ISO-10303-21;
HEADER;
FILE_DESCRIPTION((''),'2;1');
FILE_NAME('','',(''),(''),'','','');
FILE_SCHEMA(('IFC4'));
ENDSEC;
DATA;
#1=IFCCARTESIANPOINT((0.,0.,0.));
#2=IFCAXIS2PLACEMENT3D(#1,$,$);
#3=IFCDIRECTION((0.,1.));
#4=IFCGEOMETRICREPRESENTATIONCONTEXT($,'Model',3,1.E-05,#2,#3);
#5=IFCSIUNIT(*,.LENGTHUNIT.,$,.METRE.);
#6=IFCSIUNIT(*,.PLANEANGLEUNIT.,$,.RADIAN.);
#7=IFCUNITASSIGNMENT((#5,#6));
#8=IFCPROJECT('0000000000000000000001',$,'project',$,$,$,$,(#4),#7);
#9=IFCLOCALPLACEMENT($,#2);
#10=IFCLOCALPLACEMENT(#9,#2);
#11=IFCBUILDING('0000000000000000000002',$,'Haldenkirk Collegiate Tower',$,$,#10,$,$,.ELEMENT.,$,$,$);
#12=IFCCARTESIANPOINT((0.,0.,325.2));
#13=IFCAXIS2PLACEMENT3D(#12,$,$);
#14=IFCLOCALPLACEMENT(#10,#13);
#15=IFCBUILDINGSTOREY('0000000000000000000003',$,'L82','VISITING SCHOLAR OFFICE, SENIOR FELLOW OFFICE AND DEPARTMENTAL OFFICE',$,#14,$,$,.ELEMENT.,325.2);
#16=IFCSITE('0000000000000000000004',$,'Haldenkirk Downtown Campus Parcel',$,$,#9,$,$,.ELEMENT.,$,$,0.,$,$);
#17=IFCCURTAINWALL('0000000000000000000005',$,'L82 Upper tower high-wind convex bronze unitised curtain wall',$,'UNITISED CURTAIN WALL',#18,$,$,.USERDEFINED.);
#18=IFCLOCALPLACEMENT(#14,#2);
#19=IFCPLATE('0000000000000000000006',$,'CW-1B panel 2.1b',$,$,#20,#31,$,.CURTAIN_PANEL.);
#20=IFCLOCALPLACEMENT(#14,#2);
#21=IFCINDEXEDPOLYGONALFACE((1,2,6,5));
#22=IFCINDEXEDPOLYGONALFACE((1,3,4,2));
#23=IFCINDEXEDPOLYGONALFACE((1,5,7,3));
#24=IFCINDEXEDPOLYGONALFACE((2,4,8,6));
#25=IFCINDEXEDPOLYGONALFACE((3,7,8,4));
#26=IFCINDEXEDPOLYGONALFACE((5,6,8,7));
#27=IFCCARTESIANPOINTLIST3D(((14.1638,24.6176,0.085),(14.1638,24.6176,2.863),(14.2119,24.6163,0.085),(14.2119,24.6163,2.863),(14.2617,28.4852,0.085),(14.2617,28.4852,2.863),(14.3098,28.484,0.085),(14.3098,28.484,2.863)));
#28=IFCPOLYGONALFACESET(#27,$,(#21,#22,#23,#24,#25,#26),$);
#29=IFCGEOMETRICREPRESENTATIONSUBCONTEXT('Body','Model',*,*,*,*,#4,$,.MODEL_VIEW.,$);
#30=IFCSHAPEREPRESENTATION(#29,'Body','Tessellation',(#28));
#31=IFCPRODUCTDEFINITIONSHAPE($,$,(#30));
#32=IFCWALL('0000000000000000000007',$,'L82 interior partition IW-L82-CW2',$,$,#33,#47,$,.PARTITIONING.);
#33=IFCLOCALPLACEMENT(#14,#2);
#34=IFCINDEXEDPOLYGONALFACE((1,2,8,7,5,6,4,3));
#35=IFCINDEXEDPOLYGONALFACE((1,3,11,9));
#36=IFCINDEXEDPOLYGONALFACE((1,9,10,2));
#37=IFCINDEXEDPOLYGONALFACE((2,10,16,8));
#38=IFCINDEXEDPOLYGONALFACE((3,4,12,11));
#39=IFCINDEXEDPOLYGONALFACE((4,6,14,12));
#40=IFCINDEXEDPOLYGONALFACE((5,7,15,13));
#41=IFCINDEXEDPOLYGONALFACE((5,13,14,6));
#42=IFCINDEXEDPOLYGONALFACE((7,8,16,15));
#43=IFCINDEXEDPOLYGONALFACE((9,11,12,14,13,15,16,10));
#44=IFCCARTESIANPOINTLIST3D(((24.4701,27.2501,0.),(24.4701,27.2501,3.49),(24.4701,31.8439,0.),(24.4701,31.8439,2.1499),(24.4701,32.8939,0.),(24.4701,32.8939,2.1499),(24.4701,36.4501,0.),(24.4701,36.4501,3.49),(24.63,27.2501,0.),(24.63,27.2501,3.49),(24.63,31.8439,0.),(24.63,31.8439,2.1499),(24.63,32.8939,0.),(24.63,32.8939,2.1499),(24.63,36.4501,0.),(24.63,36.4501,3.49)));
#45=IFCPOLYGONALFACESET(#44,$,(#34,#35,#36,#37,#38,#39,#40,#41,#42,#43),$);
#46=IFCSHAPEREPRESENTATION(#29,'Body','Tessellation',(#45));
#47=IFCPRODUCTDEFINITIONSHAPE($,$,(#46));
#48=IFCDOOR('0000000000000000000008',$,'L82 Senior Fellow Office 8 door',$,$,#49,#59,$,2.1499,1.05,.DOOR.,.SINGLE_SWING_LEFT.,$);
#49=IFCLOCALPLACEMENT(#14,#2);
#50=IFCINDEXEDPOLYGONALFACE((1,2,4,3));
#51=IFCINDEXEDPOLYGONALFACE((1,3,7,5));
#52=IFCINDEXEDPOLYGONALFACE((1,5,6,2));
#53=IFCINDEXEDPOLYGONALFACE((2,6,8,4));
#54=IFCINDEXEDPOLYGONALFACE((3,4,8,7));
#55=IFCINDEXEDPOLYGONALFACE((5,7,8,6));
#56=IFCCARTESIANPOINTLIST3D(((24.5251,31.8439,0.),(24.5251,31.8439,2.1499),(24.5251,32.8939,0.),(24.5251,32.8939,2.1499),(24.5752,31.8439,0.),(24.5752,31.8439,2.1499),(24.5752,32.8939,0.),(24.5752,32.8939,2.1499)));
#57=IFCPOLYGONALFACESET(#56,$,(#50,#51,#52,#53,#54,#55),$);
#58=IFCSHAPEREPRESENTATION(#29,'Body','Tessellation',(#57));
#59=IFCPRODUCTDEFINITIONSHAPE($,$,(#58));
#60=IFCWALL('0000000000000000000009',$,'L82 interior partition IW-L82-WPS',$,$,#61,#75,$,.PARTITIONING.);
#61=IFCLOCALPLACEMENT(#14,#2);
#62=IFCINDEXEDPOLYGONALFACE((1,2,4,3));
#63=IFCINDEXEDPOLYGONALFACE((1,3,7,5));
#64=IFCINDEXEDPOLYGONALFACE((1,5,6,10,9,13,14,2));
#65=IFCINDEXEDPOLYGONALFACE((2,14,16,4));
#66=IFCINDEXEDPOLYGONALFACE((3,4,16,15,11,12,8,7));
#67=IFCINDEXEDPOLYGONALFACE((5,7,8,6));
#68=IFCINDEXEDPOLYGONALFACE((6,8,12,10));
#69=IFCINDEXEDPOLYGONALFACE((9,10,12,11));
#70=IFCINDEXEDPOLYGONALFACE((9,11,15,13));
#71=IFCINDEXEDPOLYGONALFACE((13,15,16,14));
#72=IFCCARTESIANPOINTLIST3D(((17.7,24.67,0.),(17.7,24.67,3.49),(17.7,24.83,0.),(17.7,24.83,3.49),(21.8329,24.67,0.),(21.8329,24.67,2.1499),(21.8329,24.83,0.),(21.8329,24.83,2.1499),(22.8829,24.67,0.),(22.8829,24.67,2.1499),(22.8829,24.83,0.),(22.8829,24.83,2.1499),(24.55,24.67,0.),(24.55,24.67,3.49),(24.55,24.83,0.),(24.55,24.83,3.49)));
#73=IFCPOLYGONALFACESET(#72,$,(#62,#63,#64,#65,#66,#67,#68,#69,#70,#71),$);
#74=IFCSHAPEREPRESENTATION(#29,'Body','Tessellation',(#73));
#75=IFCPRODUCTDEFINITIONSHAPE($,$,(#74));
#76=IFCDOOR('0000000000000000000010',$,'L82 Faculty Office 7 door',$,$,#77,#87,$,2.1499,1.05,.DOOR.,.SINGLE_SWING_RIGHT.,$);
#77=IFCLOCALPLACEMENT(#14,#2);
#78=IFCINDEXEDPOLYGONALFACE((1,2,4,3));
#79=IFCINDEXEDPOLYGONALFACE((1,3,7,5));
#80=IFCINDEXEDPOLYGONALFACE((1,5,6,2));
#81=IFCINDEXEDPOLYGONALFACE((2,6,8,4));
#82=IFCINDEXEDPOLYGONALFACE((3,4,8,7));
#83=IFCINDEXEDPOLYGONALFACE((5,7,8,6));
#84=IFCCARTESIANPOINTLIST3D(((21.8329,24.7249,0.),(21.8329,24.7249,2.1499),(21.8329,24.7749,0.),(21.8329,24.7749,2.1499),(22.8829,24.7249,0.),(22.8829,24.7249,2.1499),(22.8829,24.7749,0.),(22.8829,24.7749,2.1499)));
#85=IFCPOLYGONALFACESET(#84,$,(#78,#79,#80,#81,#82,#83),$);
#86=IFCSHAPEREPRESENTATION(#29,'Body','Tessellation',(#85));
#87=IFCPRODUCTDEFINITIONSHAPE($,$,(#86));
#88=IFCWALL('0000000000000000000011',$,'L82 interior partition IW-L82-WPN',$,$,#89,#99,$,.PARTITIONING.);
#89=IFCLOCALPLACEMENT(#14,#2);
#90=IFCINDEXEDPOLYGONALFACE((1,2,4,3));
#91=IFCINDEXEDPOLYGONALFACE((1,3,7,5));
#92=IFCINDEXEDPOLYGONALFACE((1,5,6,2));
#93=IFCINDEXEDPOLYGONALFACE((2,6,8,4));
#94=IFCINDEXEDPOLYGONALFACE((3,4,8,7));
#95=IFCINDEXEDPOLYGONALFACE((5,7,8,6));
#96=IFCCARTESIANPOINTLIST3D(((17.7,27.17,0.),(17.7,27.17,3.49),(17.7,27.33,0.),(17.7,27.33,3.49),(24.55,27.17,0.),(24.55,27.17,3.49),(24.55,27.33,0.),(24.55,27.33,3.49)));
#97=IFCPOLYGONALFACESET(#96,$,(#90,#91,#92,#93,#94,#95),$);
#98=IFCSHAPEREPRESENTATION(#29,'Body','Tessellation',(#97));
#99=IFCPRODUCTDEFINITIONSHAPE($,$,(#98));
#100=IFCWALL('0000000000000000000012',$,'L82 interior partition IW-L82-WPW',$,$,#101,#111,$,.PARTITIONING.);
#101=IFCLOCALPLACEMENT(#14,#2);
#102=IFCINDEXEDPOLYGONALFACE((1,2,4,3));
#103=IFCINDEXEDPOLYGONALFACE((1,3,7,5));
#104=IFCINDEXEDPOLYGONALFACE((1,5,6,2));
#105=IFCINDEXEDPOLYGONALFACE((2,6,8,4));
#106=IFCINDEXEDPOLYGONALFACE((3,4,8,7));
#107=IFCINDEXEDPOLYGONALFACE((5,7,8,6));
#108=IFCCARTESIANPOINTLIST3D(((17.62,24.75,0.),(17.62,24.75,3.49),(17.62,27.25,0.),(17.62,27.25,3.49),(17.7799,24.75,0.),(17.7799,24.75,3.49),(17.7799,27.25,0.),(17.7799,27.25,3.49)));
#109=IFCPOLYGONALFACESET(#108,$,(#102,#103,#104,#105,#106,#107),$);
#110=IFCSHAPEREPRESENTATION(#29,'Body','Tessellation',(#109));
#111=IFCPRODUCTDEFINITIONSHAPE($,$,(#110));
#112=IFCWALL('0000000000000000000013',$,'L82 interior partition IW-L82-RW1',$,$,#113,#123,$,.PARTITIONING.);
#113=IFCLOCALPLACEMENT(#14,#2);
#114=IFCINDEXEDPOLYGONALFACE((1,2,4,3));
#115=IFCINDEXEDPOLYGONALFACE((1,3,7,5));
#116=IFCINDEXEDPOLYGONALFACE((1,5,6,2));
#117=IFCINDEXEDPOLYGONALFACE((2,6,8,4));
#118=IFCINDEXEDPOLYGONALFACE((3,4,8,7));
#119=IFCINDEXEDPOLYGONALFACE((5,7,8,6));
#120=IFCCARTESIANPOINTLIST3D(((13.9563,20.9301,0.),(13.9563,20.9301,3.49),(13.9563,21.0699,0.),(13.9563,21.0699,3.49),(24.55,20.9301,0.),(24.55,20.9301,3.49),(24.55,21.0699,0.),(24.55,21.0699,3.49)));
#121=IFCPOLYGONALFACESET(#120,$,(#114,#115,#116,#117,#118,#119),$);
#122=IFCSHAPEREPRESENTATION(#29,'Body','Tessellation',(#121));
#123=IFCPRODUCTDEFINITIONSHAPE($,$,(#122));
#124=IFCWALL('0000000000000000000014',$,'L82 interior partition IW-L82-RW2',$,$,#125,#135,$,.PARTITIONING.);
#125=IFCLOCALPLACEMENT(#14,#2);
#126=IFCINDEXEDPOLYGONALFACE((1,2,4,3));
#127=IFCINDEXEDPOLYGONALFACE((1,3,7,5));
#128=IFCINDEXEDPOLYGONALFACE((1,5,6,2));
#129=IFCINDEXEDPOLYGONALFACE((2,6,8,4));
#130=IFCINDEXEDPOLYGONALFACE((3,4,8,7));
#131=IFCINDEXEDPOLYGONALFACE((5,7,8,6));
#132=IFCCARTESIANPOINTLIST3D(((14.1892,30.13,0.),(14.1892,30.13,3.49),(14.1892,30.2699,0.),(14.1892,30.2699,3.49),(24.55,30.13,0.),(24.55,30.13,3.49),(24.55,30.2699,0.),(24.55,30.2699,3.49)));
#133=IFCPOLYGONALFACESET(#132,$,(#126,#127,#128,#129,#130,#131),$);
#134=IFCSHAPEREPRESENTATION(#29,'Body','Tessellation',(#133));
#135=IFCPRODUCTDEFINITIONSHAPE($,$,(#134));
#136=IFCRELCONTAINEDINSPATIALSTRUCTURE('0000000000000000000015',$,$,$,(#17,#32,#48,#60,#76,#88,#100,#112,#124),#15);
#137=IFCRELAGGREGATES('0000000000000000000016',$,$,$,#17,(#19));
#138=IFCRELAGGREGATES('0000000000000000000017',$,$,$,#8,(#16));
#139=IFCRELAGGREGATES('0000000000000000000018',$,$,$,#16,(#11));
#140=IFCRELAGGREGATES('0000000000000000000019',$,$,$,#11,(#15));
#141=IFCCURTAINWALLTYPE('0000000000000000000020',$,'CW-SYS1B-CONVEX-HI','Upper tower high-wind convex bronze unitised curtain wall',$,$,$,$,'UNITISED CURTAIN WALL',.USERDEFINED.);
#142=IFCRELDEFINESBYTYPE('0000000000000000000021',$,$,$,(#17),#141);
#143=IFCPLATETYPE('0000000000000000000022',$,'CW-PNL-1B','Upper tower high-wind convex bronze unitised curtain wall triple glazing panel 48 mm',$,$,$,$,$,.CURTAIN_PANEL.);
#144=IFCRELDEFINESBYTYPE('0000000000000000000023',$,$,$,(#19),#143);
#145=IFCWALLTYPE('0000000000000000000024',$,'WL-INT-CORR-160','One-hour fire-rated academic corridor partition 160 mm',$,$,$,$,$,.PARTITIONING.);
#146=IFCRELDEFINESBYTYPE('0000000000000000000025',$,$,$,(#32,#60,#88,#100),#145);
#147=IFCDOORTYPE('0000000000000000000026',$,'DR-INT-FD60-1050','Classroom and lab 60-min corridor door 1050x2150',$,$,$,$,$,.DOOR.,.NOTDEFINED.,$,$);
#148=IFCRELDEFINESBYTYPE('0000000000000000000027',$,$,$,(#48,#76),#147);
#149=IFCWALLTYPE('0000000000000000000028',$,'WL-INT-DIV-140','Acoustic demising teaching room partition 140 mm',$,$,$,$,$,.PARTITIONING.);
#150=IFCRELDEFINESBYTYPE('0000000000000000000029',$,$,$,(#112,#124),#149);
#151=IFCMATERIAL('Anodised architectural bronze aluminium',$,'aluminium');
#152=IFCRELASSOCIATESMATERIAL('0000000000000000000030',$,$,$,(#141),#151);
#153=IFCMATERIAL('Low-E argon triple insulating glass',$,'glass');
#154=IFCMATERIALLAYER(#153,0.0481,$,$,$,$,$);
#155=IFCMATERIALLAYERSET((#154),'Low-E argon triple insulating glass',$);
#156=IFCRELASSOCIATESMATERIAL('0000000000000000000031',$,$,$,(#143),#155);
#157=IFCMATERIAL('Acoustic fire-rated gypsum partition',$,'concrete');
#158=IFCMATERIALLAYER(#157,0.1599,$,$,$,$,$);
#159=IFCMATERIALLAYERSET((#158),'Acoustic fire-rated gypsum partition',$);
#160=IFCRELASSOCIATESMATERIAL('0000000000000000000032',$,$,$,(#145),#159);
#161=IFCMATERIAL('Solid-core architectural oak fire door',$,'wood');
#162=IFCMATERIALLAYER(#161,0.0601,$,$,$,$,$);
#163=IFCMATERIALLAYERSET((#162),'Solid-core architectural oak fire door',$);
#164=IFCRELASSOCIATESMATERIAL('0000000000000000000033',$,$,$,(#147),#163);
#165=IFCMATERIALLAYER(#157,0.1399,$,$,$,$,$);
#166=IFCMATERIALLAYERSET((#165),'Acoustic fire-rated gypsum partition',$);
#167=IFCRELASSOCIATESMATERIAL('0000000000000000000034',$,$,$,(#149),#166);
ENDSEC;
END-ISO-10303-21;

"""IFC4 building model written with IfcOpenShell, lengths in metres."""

from ifc_helpers import new_model, si_unit, direction, frame, frame_2d, origin, origin_2d, place, context, subcontext, project, spatial, rectangle, extrude, source, transform, mapped, material, layer, layer_set, type_object, element, fill, aggregate, save


model = new_model("IFC4")

# Units and contexts
model_context = context("Model", 3, precision=1e-05, world=origin(), true_north=direction((0.0, 1.0)))
body_context = subcontext(model_context, "Body", "Model", "MODEL_VIEW")
ifc_project = project(units=[si_unit("LENGTHUNIT", "METRE"), si_unit("PLANEANGLEUNIT", "RADIAN")], contexts=[model_context])

# Site, building, storey
site_placement = place(None, origin())
site = spatial("IfcSite", under=ifc_project, at=site_placement, Name="Haldenkirk Downtown Campus Parcel", CompositionType="ELEMENT", RefElevation=0.0)
building_placement = place(site_placement, origin())
building = spatial("IfcBuilding", under=site, at=building_placement, Name="Haldenkirk Collegiate Tower", CompositionType="ELEMENT")
storey_placement = place(building_placement, frame((0.0, 0.0, 325.2)))
storey = spatial("IfcBuildingStorey", under=building, at=storey_placement, Name="L82", Description="VISITING SCHOLAR OFFICE, SENIOR FELLOW OFFICE AND DEPARTMENTAL OFFICE", CompositionType="ELEMENT", Elevation=325.2)

# Curtain wall, plate
ifc_material_1 = material(Name="Anodised architectural bronze aluminium", Category="aluminium")
curtain_wall_type = type_object("IfcCurtainWallType", Name="CW-SYS1B-CONVEX-HI", Description="Upper tower high-wind convex bronze unitised curtain wall", ElementType="UNITISED CURTAIN WALL", PredefinedType="USERDEFINED", material=ifc_material_1)
curtain_wall_placement = place(storey_placement, origin())
curtain_wall = element("IfcCurtainWall", 1, at=curtain_wall_placement, inside=storey, type_object=curtain_wall_type, Name="L82 Upper tower high-wind convex bronze unitised curtain wall", ObjectType="UNITISED CURTAIN WALL", PredefinedType="USERDEFINED")
ifc_material_2 = material(Name="Low-E argon triple insulating glass", Category="glass")
ifc_layer_1 = layer(ifc_material_2, 0.0481)
ifc_layer_set_1 = layer_set([ifc_layer_1], Name="Low-E argon triple insulating glass")
plate_type_1 = type_object("IfcPlateType", Name="CW-PNL-1B", Description="Upper tower high-wind convex bronze unitised curtain wall triple glazing panel 48 mm", PredefinedType="CURTAIN_PANEL", material=ifc_layer_set_1)
shared_shape_1 = source(origin(), body_context, "Body", "SweptSolid", [
    extrude(rectangle(XDim=3.8689, YDim=0.0481, at=origin_2d()), origin(), (0.0, 0.0, 1.0), 2.7781),
])
plate_1_placement = place(storey_placement, frame((14.2368, 26.5508, 0.085), z_axis=(0.0, 0.0, 1.0), x_axis=(0.025303, 0.99968, 0.0)))
plate_1 = element("IfcPlate", 2, at=plate_1_placement, type_object=plate_type_1, Name="CW-1B panel 2.1b", PredefinedType="CURTAIN_PANEL", context=body_context, shape_type="MappedRepresentation", body=[
    mapped(shared_shape_1, transform((0.0, 0.0, 0.0), x_axis=(1.0, 0.0, 0.0), y_axis=(0.0, 1.0, 0.0), z_axis=(0.0, 0.0, 1.0), scale=1.0)),
])
aggregate(curtain_wall, [plate_1])

# Shared definitions
ifc_material_3 = material(Name="Acoustic fire-rated gypsum partition", Category="concrete")
ifc_layer_2 = layer(ifc_material_3, 0.1599)
ifc_layer_set_2 = layer_set([ifc_layer_2], Name="Acoustic fire-rated gypsum partition")
wall_type_1 = type_object("IfcWallType", Name="WL-INT-CORR-160", Description="One-hour fire-rated academic corridor partition 160 mm", PredefinedType="PARTITIONING", material=ifc_layer_set_2)
ifc_material_4 = material(Name="Solid-core architectural oak fire door", Category="wood")

# Walls, openings, doors
wall_1_placement = place(storey_placement, frame((24.55, 27.25, 0.0), z_axis=(0.0, 0.0, 1.0), x_axis=(0.0, 1.0, 0.0)))
wall_1 = element("IfcWall", 3, at=wall_1_placement, inside=storey, type_object=wall_type_1, Name="L82 interior partition IW-L82-CW2", PredefinedType="PARTITIONING", context=body_context, shape_type="SweptSolid", body=[
    extrude(rectangle(XDim=9.2, YDim=0.1599, at=frame_2d((4.6001, 0.0))), origin(), (0.0, 0.0, 1.0), 3.49),
])
opening_1_placement = place(wall_1_placement, frame((4.594, 0.0, 0.0)))
opening_1 = element("IfcOpeningElement", 4, at=opening_1_placement, cuts=wall_1, PredefinedType="OPENING", context=body_context, shape_type="SweptSolid", body=[
    extrude(rectangle(XDim=1.05, YDim=2.1499, at=frame_2d((0.5249, 1.075))), frame((0.0, 0.0898, 0.0), z_axis=(0.0, -1.0, 0.0), x_axis=(1.0, 0.0, 0.0)), (0.0, 0.0, 1.0), 0.1799),
])
ifc_layer_3 = layer(ifc_material_4, 0.0601)
ifc_layer_set_3 = layer_set([ifc_layer_3], Name="Solid-core architectural oak fire door")
door_type_1 = type_object("IfcDoorType", Name="DR-INT-FD60-1050", Description="Classroom and lab 60-min corridor door 1050x2150", OperationType="NOTDEFINED", PredefinedType="DOOR", material=ifc_layer_set_3)
door_1_placement = place(opening_1_placement, origin())
door_1 = element("IfcDoor", 5, at=door_1_placement, inside=storey, type_object=door_type_1, Name="L82 Senior Fellow Office 8 door", OperationType="SINGLE_SWING_LEFT", OverallHeight=2.1499, OverallWidth=1.05, PredefinedType="DOOR", context=body_context, shape_type="SweptSolid", body=[
    extrude(rectangle(XDim=1.05, YDim=2.1499, at=frame_2d((0.5249, 1.075))), frame((0.0, 0.0249, 0.0), z_axis=(0.0, -1.0, 0.0), x_axis=(1.0, 0.0, 0.0)), (0.0, 0.0, 1.0), 0.05),
])
fill(opening_1, door_1)
wall_2_placement = place(storey_placement, frame((17.7, 24.75, 0.0), z_axis=(0.0, 0.0, 1.0), x_axis=(1.0, 0.0, 0.0)))
wall_2 = element("IfcWall", 6, at=wall_2_placement, inside=storey, type_object=wall_type_1, Name="L82 interior partition IW-L82-WPS", PredefinedType="PARTITIONING", context=body_context, shape_type="SweptSolid", body=[
    extrude(rectangle(XDim=6.8501, YDim=0.1599, at=frame_2d((3.425, 0.0))), origin(), (0.0, 0.0, 1.0), 3.49),
])
opening_2_placement = place(wall_2_placement, frame((4.1331, 0.0, 0.0)))
opening_2 = element("IfcOpeningElement", 7, at=opening_2_placement, cuts=wall_2, PredefinedType="OPENING", context=body_context, shape_type="SweptSolid", body=[
    extrude(rectangle(XDim=1.05, YDim=2.1499, at=frame_2d((0.5249, 1.075))), frame((0.0, 0.0898, 0.0), z_axis=(0.0, -1.0, 0.0), x_axis=(1.0, 0.0, 0.0)), (0.0, 0.0, 1.0), 0.1799),
])
door_2_placement = place(opening_2_placement, origin())
door_2 = element("IfcDoor", 8, at=door_2_placement, inside=storey, type_object=door_type_1, Name="L82 Faculty Office 7 door", OperationType="SINGLE_SWING_RIGHT", OverallHeight=2.1499, OverallWidth=1.05, PredefinedType="DOOR", context=body_context, shape_type="SweptSolid", body=[
    extrude(rectangle(XDim=1.05, YDim=2.1499, at=frame_2d((0.5249, 1.075))), frame((0.0, 0.0249, 0.0), z_axis=(0.0, -1.0, 0.0), x_axis=(1.0, 0.0, 0.0)), (0.0, 0.0, 1.0), 0.05),
])
fill(opening_2, door_2)

# Walls
wall_3_placement = place(storey_placement, frame((17.7, 27.25, 0.0), z_axis=(0.0, 0.0, 1.0), x_axis=(1.0, 0.0, 0.0)))
element("IfcWall", 9, at=wall_3_placement, inside=storey, type_object=wall_type_1, Name="L82 interior partition IW-L82-WPN", PredefinedType="PARTITIONING", context=body_context, shape_type="SweptSolid", body=[
    extrude(rectangle(XDim=6.8501, YDim=0.1599, at=frame_2d((3.425, 0.0))), origin(), (0.0, 0.0, 1.0), 3.49),
])
wall_4_placement = place(storey_placement, frame((17.7, 24.75, 0.0), z_axis=(0.0, 0.0, 1.0), x_axis=(0.0, 1.0, 0.0)))
element("IfcWall", 10, at=wall_4_placement, inside=storey, type_object=wall_type_1, Name="L82 interior partition IW-L82-WPW", PredefinedType="PARTITIONING", context=body_context, shape_type="SweptSolid", body=[
    extrude(rectangle(XDim=2.5, YDim=0.1599, at=frame_2d((1.25, 0.0))), origin(), (0.0, 0.0, 1.0), 3.49),
])
ifc_layer_4 = layer(ifc_material_3, 0.1399)
ifc_layer_set_4 = layer_set([ifc_layer_4], Name="Acoustic fire-rated gypsum partition")
wall_type_2 = type_object("IfcWallType", Name="WL-INT-DIV-140", Description="Acoustic demising teaching room partition 140 mm", PredefinedType="PARTITIONING", material=ifc_layer_set_4)
wall_5_placement = place(storey_placement, frame((13.9563, 21.0, 0.0), z_axis=(0.0, 0.0, 1.0), x_axis=(1.0, 0.0, 0.0)))
element("IfcWall", 11, at=wall_5_placement, inside=storey, type_object=wall_type_2, Name="L82 interior partition IW-L82-RW1", PredefinedType="PARTITIONING", context=body_context, shape_type="SweptSolid", body=[
    extrude(rectangle(XDim=10.5938, YDim=0.1399, at=frame_2d((5.2969, 0.0))), origin(), (0.0, 0.0, 1.0), 3.49),
])
wall_6_placement = place(storey_placement, frame((14.1892, 30.2, 0.0), z_axis=(0.0, 0.0, 1.0), x_axis=(1.0, 0.0, 0.0)))
element("IfcWall", 12, at=wall_6_placement, inside=storey, type_object=wall_type_2, Name="L82 interior partition IW-L82-RW2", PredefinedType="PARTITIONING", context=body_context, shape_type="SweptSolid", body=[
    extrude(rectangle(XDim=10.3608, YDim=0.1399, at=frame_2d((5.1804, 0.0))), origin(), (0.0, 0.0, 1.0), 3.49),
])

save(model, "model.ifc")
